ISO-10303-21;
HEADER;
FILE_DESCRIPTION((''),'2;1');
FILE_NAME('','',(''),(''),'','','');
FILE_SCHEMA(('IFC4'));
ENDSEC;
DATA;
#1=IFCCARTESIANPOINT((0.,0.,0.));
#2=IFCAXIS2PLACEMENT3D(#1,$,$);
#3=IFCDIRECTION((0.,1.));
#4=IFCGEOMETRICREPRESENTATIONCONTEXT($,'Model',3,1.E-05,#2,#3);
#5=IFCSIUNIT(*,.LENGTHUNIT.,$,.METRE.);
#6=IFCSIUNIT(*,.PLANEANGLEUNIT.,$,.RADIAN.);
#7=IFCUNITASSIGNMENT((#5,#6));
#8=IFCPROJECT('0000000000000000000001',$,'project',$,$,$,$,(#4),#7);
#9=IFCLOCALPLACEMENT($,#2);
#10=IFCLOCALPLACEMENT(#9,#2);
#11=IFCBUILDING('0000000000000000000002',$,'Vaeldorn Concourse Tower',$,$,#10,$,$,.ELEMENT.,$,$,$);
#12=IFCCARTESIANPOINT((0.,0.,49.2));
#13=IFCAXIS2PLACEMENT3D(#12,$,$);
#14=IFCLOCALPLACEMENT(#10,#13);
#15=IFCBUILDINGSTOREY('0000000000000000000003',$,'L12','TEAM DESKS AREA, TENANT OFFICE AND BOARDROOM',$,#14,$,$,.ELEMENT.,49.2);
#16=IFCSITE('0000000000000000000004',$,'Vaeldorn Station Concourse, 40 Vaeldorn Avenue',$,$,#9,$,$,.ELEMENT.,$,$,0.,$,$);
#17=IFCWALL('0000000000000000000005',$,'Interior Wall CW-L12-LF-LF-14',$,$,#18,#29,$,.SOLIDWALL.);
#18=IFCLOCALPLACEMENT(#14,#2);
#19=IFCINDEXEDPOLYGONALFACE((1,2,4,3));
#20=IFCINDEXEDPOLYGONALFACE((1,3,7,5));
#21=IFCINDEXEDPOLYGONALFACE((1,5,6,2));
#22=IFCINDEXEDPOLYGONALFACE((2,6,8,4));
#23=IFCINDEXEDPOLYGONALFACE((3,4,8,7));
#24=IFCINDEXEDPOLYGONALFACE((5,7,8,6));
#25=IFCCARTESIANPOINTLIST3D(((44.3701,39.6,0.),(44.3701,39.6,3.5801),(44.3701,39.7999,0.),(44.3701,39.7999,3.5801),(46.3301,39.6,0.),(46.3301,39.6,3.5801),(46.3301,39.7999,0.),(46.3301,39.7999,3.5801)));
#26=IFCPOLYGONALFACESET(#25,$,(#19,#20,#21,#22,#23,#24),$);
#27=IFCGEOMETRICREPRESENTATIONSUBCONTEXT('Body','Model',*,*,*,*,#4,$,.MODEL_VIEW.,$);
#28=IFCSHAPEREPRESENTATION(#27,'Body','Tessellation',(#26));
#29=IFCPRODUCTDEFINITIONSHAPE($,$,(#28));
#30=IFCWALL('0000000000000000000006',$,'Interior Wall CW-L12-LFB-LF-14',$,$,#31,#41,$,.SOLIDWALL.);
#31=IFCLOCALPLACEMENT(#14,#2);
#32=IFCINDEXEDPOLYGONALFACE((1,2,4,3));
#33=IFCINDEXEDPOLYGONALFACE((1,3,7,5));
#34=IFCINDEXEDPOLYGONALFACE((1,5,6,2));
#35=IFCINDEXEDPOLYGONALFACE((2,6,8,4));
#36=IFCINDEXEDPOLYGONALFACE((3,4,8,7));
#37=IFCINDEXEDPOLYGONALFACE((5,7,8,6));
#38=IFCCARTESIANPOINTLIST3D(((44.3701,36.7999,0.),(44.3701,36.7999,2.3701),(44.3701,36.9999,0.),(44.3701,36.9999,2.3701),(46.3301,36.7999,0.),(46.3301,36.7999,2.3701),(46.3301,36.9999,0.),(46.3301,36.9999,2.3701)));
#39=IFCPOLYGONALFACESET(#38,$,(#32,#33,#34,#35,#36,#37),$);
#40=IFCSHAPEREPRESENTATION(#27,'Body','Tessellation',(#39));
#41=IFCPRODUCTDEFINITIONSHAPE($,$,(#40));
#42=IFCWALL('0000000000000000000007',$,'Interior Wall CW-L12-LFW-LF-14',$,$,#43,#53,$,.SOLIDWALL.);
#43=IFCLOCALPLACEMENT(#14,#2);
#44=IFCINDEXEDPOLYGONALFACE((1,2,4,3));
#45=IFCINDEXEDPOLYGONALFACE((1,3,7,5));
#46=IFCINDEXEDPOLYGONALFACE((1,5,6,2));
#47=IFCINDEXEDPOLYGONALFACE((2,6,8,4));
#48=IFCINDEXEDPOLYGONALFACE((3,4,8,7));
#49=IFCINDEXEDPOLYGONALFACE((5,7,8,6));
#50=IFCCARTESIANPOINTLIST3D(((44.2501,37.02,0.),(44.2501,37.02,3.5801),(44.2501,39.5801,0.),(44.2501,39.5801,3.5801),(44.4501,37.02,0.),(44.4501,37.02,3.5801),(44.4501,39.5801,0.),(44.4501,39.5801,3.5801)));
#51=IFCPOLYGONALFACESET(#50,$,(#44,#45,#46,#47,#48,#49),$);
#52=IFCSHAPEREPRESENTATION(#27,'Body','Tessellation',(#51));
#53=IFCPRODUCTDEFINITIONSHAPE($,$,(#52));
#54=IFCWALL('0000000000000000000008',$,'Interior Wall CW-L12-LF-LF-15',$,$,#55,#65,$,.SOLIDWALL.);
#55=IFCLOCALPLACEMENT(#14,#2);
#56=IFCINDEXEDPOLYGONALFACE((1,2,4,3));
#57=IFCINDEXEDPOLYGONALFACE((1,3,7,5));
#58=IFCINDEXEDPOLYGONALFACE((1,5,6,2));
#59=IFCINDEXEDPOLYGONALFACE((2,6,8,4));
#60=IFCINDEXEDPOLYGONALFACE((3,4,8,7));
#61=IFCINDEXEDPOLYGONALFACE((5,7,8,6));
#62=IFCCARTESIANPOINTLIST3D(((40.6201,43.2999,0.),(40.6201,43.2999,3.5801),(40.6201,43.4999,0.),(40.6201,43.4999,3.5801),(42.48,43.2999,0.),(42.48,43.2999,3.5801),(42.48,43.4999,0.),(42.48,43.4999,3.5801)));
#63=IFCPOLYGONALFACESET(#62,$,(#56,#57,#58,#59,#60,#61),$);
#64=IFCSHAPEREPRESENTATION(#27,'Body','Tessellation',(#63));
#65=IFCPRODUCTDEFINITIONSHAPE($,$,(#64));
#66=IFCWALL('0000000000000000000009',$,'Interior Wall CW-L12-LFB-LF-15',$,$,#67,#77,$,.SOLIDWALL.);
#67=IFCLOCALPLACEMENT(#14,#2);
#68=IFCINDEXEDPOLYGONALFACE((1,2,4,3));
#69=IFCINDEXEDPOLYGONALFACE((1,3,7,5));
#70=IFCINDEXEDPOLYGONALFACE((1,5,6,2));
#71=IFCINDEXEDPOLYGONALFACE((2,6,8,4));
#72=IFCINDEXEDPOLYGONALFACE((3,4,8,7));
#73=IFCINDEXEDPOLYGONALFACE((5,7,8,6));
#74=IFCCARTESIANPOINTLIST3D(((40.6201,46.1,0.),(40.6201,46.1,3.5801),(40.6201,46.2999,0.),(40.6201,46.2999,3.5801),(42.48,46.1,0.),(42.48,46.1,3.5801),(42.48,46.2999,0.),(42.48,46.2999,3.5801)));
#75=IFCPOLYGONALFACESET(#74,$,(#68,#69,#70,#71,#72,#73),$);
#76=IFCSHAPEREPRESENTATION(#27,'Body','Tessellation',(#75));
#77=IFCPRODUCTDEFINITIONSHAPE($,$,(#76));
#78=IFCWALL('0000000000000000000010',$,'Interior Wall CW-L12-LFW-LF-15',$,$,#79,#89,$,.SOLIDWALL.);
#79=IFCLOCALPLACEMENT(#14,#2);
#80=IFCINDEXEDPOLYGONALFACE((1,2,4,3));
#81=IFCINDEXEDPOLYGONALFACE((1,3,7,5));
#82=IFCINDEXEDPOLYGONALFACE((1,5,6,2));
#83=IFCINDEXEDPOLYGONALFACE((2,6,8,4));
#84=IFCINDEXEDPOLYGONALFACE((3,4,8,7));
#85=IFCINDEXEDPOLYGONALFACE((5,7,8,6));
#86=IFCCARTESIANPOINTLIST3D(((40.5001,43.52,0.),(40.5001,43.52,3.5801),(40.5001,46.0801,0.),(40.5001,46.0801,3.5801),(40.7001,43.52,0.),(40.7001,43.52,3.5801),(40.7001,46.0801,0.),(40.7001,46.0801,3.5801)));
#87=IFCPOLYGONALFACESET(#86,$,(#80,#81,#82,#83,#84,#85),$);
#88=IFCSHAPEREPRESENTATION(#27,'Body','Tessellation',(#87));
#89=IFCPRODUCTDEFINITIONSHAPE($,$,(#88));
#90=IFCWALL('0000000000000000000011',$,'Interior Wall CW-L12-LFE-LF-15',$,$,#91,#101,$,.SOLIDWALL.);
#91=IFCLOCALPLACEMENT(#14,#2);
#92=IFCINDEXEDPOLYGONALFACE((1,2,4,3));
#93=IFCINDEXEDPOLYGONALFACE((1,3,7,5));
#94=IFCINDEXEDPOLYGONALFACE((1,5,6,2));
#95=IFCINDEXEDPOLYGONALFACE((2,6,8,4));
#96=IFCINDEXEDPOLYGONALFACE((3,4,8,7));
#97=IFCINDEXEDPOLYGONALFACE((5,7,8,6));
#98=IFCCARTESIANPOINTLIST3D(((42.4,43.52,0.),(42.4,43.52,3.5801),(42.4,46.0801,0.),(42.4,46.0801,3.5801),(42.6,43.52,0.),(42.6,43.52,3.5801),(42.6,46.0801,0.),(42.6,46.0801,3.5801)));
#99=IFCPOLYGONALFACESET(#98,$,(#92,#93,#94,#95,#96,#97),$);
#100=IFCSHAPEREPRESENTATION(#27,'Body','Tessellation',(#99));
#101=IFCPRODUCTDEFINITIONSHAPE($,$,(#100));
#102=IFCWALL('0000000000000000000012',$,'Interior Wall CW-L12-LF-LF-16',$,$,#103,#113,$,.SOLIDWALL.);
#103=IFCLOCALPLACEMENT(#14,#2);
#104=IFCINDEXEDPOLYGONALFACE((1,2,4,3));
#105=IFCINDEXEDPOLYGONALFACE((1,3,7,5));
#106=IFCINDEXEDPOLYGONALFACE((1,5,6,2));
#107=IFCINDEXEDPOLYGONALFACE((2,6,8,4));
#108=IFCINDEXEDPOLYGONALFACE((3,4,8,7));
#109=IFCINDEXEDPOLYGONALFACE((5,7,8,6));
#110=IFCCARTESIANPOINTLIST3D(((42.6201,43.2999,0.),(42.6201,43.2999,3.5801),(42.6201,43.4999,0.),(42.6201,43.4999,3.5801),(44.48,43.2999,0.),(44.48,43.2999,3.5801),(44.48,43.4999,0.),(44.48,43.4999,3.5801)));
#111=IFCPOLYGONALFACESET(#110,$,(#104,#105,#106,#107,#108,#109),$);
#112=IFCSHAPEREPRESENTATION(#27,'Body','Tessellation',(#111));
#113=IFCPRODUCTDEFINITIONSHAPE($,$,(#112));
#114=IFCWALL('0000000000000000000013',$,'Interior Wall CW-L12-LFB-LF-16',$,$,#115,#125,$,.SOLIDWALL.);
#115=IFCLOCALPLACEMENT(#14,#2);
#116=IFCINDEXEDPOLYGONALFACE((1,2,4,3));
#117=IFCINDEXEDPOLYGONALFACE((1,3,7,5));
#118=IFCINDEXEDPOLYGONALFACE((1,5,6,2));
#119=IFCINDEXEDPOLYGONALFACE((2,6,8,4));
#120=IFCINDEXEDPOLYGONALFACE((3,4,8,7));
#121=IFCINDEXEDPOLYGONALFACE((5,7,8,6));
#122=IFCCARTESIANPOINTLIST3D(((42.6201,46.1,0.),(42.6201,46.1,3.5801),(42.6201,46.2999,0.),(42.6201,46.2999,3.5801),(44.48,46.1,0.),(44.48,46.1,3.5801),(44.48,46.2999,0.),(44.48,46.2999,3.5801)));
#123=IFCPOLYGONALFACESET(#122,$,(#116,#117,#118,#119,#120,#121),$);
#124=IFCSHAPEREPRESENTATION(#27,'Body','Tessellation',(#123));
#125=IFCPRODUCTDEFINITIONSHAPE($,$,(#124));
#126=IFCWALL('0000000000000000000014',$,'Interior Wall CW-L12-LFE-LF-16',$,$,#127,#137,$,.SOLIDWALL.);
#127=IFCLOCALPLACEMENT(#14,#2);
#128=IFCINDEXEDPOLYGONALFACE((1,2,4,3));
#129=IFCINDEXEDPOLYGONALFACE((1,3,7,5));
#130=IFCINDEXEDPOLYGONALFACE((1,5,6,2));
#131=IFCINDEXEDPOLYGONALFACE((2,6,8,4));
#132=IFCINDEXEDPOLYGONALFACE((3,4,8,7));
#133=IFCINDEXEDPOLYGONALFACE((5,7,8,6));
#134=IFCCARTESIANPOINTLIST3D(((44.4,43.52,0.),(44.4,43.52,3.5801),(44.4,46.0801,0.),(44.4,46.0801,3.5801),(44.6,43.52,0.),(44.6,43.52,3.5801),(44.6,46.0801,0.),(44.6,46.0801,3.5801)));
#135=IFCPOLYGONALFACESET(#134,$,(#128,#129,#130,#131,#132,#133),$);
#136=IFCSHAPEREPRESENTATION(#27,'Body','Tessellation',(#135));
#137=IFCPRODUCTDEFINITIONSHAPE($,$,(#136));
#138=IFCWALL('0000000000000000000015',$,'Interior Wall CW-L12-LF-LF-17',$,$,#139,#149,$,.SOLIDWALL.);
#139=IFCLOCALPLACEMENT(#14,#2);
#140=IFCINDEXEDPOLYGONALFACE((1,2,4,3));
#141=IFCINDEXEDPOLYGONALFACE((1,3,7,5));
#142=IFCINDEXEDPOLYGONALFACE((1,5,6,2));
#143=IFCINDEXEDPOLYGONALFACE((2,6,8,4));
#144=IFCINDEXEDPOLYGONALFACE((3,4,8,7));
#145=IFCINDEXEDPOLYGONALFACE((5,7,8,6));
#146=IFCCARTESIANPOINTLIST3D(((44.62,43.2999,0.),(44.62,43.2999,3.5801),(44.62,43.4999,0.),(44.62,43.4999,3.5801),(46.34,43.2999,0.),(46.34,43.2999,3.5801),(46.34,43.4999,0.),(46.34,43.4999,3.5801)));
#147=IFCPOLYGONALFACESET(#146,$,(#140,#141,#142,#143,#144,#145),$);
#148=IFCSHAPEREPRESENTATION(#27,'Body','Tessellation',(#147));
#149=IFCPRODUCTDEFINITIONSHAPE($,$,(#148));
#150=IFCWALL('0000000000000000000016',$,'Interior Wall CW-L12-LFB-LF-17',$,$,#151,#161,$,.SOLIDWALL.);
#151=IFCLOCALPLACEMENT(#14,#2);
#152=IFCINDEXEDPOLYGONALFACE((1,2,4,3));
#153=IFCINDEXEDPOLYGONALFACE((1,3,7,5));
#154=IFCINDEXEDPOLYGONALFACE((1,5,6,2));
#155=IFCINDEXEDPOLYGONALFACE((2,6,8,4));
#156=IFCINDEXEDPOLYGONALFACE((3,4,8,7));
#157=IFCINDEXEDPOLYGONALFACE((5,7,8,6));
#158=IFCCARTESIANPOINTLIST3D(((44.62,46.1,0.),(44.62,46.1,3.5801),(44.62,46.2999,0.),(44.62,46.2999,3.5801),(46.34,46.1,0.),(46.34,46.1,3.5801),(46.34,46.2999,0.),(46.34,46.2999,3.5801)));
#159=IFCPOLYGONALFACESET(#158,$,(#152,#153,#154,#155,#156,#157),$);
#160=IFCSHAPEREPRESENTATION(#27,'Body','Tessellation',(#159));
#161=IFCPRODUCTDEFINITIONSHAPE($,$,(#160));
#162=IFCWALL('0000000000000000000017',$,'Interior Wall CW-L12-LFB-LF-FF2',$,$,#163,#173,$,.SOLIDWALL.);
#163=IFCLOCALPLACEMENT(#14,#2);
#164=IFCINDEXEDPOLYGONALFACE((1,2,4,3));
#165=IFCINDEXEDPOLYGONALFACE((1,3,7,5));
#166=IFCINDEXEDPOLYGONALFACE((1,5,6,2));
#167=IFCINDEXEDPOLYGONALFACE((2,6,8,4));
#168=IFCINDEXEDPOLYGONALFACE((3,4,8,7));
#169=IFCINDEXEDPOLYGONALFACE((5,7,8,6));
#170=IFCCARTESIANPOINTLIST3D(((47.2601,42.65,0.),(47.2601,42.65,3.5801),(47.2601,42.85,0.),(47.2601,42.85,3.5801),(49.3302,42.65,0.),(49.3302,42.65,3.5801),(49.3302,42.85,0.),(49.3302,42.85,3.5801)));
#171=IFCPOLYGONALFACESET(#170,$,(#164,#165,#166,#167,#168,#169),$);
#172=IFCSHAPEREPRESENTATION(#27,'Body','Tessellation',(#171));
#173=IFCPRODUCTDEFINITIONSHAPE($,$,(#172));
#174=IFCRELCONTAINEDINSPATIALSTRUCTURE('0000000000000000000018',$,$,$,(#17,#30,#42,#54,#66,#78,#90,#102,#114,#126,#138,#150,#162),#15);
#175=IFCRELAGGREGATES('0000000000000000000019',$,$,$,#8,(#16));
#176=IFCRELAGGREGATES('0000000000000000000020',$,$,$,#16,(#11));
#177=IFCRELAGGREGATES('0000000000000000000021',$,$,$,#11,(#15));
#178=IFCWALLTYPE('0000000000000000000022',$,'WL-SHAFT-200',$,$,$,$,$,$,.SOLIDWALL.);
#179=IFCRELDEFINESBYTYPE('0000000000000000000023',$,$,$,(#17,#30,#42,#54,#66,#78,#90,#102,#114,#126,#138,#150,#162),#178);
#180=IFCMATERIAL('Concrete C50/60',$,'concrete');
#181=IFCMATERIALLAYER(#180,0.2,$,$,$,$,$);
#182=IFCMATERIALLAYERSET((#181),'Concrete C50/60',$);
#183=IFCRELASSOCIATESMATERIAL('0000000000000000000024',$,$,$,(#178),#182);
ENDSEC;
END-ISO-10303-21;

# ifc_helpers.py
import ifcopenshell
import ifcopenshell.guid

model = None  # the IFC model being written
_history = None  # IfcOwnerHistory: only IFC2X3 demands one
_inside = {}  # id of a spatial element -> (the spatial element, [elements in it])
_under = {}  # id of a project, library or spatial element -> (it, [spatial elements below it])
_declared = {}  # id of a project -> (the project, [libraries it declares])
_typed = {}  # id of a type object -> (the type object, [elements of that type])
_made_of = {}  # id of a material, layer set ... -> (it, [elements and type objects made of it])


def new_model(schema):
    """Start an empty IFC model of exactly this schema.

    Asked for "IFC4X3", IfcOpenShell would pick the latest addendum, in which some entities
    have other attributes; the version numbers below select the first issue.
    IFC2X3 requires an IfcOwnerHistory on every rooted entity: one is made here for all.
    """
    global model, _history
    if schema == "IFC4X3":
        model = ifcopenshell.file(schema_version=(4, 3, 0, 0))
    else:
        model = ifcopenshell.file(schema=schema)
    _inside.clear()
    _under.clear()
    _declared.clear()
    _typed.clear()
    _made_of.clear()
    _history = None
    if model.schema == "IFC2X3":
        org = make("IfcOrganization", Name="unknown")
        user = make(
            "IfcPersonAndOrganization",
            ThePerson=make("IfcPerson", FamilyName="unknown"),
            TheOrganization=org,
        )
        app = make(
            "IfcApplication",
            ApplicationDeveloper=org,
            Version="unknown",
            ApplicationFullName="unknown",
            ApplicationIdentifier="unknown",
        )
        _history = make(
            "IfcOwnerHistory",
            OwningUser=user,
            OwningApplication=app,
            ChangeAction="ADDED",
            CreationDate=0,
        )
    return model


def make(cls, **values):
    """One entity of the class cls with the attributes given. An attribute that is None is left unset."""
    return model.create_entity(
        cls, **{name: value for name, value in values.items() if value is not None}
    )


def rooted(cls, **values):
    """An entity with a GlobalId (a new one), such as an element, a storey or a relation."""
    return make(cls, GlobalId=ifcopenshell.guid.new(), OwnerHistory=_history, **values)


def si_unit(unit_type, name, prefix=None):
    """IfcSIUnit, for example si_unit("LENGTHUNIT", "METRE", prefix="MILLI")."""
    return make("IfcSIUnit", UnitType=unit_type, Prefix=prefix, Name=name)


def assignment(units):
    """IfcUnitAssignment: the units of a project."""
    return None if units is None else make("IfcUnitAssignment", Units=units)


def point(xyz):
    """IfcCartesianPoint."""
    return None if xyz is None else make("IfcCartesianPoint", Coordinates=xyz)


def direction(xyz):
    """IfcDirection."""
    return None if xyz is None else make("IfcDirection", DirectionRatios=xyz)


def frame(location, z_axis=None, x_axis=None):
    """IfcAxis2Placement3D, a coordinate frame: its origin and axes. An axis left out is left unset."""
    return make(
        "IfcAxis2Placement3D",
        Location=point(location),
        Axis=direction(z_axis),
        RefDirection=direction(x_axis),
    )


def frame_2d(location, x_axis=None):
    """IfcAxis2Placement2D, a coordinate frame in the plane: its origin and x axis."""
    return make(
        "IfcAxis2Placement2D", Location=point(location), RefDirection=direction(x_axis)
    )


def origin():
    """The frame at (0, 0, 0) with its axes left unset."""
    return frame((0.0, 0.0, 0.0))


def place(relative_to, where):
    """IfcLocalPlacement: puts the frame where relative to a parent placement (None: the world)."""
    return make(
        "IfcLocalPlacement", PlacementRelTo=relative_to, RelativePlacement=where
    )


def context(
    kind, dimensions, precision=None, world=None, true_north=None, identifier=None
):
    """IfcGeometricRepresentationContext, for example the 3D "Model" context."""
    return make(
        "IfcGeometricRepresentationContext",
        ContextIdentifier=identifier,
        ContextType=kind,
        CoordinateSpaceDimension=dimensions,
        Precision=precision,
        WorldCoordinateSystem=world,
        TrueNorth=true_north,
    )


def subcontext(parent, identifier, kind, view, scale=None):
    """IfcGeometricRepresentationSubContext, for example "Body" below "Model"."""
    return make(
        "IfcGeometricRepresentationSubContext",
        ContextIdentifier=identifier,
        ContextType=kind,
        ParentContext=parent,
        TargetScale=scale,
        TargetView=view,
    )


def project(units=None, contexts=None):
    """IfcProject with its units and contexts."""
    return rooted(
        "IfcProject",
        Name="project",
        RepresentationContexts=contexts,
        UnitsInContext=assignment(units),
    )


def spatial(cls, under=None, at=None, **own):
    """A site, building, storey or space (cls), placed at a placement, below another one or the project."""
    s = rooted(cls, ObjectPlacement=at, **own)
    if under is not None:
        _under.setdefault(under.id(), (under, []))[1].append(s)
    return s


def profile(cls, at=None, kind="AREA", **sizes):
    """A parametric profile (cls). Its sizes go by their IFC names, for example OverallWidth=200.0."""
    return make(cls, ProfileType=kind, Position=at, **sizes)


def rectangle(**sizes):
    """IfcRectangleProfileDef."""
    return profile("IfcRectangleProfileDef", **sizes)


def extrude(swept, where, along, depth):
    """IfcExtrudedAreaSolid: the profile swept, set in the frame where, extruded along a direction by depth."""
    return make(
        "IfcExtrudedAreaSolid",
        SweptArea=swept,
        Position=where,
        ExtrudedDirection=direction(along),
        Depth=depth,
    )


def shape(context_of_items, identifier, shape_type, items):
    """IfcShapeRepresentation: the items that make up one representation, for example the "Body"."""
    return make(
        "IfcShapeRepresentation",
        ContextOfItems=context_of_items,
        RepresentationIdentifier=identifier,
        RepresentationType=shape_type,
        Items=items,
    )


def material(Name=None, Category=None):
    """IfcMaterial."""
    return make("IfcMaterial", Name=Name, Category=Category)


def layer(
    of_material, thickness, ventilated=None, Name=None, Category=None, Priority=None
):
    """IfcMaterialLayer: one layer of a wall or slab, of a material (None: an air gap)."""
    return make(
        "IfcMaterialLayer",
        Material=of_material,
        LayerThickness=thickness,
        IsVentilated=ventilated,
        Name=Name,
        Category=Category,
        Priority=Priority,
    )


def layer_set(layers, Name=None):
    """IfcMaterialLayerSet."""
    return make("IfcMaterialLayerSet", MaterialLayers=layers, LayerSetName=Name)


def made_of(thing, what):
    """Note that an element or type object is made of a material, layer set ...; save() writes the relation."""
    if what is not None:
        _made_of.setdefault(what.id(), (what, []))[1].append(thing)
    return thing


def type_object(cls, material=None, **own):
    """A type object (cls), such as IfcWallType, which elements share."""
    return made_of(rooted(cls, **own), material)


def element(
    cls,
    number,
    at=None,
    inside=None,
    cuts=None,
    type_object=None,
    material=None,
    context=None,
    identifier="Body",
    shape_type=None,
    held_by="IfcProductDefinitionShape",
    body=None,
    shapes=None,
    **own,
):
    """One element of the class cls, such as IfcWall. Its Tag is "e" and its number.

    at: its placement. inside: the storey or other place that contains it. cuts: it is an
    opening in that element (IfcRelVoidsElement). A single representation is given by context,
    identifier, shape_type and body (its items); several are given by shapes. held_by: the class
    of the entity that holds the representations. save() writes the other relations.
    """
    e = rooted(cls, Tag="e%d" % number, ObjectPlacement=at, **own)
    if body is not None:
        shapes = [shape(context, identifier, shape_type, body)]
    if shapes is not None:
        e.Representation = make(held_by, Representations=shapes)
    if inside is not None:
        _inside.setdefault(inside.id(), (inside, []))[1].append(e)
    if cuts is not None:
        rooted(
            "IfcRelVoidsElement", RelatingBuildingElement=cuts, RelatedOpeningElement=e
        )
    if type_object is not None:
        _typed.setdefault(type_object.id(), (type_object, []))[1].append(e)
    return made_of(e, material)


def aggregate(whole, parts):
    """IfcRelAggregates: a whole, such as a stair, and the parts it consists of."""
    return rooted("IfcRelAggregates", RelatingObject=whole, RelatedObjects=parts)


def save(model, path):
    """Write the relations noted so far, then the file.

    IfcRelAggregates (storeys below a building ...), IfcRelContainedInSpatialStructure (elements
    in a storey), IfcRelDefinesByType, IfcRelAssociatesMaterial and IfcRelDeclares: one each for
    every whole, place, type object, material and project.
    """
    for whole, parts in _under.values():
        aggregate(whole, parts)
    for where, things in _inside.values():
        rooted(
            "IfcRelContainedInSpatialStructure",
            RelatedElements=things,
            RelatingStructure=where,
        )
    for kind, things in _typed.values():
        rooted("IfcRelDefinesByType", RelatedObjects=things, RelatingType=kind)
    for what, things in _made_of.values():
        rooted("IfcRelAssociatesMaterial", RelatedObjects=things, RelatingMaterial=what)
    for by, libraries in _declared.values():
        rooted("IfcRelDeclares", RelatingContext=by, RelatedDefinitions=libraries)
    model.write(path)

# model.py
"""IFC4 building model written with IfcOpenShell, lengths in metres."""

from ifc_helpers import new_model, si_unit, direction, frame, frame_2d, origin, place, context, subcontext, project, spatial, rectangle, extrude, material, layer, layer_set, type_object, element, save


model = new_model("IFC4")

# Units and contexts
model_context = context("Model", 3, precision=1e-05, world=origin(), true_north=direction((0.0, 1.0)))
body_context = subcontext(model_context, "Body", "Model", "MODEL_VIEW")
ifc_project = project(units=[si_unit("LENGTHUNIT", "METRE"), si_unit("PLANEANGLEUNIT", "RADIAN")], contexts=[model_context])

# Site, building, storey
site_placement = place(None, origin())
site = spatial("IfcSite", under=ifc_project, at=site_placement, Name="Vaeldorn Station Concourse, 40 Vaeldorn Avenue", CompositionType="ELEMENT", RefElevation=0.0)
building_placement = place(site_placement, origin())
building = spatial("IfcBuilding", under=site, at=building_placement, Name="Vaeldorn Concourse Tower", CompositionType="ELEMENT")
storey_placement = place(building_placement, frame((0.0, 0.0, 49.2)))
storey = spatial("IfcBuildingStorey", under=building, at=storey_placement, Name="L12", Description="TEAM DESKS AREA, TENANT OFFICE AND BOARDROOM", CompositionType="ELEMENT", Elevation=49.2)

# Shared definitions
ifc_material_1 = material(Name="Concrete C50/60", Category="concrete")
ifc_layer_1 = layer(ifc_material_1, 0.2)
ifc_layer_set_1 = layer_set([ifc_layer_1], Name="Concrete C50/60")
wall_type_1 = type_object("IfcWallType", Name="WL-SHAFT-200", PredefinedType="SOLIDWALL", material=ifc_layer_set_1)

# Walls
wall_1_placement = place(storey_placement, frame((44.3701, 39.7, 0.0), z_axis=(0.0, 0.0, 1.0), x_axis=(1.0, 0.0, 0.0)))
element("IfcWall", 1, at=wall_1_placement, inside=storey, type_object=wall_type_1, Name="Interior Wall CW-L12-LF-LF-14", PredefinedType="SOLIDWALL", context=body_context, shape_type="SweptSolid", body=[
    extrude(rectangle(XDim=1.96, YDim=0.2, at=frame_2d((0.98, 0.0))), origin(), (0.0, 0.0, 1.0), 3.5801),
])
wall_2_placement = place(storey_placement, frame((44.3701, 36.8999, 0.0), z_axis=(0.0, 0.0, 1.0), x_axis=(1.0, 0.0, 0.0)))
element("IfcWall", 2, at=wall_2_placement, inside=storey, type_object=wall_type_1, Name="Interior Wall CW-L12-LFB-LF-14", PredefinedType="SOLIDWALL", context=body_context, shape_type="SweptSolid", body=[
    extrude(rectangle(XDim=1.96, YDim=0.2, at=frame_2d((0.98, 0.0))), origin(), (0.0, 0.0, 1.0), 2.3701),
])
wall_3_placement = place(storey_placement, frame((44.3501, 37.02, 0.0), z_axis=(0.0, 0.0, 1.0), x_axis=(0.0, 1.0, 0.0)))
element("IfcWall", 3, at=wall_3_placement, inside=storey, type_object=wall_type_1, Name="Interior Wall CW-L12-LFW-LF-14", PredefinedType="SOLIDWALL", context=body_context, shape_type="SweptSolid", body=[
    extrude(rectangle(XDim=2.5601, YDim=0.2, at=frame_2d((1.28, 0.0))), origin(), (0.0, 0.0, 1.0), 3.5801),
])
for number, where, z_axis, x_axis, name in (
    (4, (40.6201, 43.3999, 0.0), (0.0, 0.0, 1.0), (1.0, 0.0, 0.0), "Interior Wall CW-L12-LF-LF-15"),
    (5, (40.6201, 46.2, 0.0), (0.0, 0.0, 1.0), (1.0, 0.0, 0.0), "Interior Wall CW-L12-LFB-LF-15"),
):
    element("IfcWall", number, at=place(storey_placement, frame(where, z_axis=z_axis, x_axis=x_axis)), inside=storey, type_object=wall_type_1, Name=name, PredefinedType="SOLIDWALL", context=body_context, shape_type="SweptSolid", body=[
        extrude(rectangle(XDim=1.8599, YDim=0.2, at=frame_2d((0.9299, 0.0))), origin(), (0.0, 0.0, 1.0), 3.5801),
    ])
for number, where, z_axis, x_axis, name in (
    (6, (40.6001, 43.52, 0.0), (0.0, 0.0, 1.0), (0.0, 1.0, 0.0), "Interior Wall CW-L12-LFW-LF-15"),
    (7, (42.5, 43.52, 0.0), (0.0, 0.0, 1.0), (0.0, 1.0, 0.0), "Interior Wall CW-L12-LFE-LF-15"),
):
    element("IfcWall", number, at=place(storey_placement, frame(where, z_axis=z_axis, x_axis=x_axis)), inside=storey, type_object=wall_type_1, Name=name, PredefinedType="SOLIDWALL", context=body_context, shape_type="SweptSolid", body=[
        extrude(rectangle(XDim=2.5601, YDim=0.2, at=frame_2d((1.28, 0.0))), origin(), (0.0, 0.0, 1.0), 3.5801),
    ])
for number, where, z_axis, x_axis, name in (
    (8, (42.6201, 43.3999, 0.0), (0.0, 0.0, 1.0), (1.0, 0.0, 0.0), "Interior Wall CW-L12-LF-LF-16"),
    (9, (42.6201, 46.2, 0.0), (0.0, 0.0, 1.0), (1.0, 0.0, 0.0), "Interior Wall CW-L12-LFB-LF-16"),
):
    element("IfcWall", number, at=place(storey_placement, frame(where, z_axis=z_axis, x_axis=x_axis)), inside=storey, type_object=wall_type_1, Name=name, PredefinedType="SOLIDWALL", context=body_context, shape_type="SweptSolid", body=[
        extrude(rectangle(XDim=1.8599, YDim=0.2, at=frame_2d((0.9299, 0.0))), origin(), (0.0, 0.0, 1.0), 3.5801),
    ])
wall_4_placement = place(storey_placement, frame((44.5, 43.52, 0.0), z_axis=(0.0, 0.0, 1.0), x_axis=(0.0, 1.0, 0.0)))
element("IfcWall", 10, at=wall_4_placement, inside=storey, type_object=wall_type_1, Name="Interior Wall CW-L12-LFE-LF-16", PredefinedType="SOLIDWALL", context=body_context, shape_type="SweptSolid", body=[
    extrude(rectangle(XDim=2.5601, YDim=0.2, at=frame_2d((1.28, 0.0))), origin(), (0.0, 0.0, 1.0), 3.5801),
])
for number, where, z_axis, x_axis, name in (
    (11, (44.6201, 43.3999, 0.0), (0.0, 0.0, 1.0), (1.0, 0.0, 0.0), "Interior Wall CW-L12-LF-LF-17"),
    (12, (44.6201, 46.2, 0.0), (0.0, 0.0, 1.0), (1.0, 0.0, 0.0), "Interior Wall CW-L12-LFB-LF-17"),
):
    element("IfcWall", number, at=place(storey_placement, frame(where, z_axis=z_axis, x_axis=x_axis)), inside=storey, type_object=wall_type_1, Name=name, PredefinedType="SOLIDWALL", context=body_context, shape_type="SweptSolid", body=[
        extrude(rectangle(XDim=1.72, YDim=0.2, at=frame_2d((0.8599, 0.0))), origin(), (0.0, 0.0, 1.0), 3.5801),
    ])

# Wall
wall_5_placement = place(storey_placement, frame((47.26, 42.75, 0.0), z_axis=(0.0, 0.0, 1.0), x_axis=(1.0, 0.0, 0.0)))
element("IfcWall", 13, at=wall_5_placement, inside=storey, type_object=wall_type_1, Name="Interior Wall CW-L12-LFB-LF-FF2", PredefinedType="SOLIDWALL", context=body_context, shape_type="SweptSolid", body=[
    extrude(rectangle(XDim=2.0701, YDim=0.2, at=frame_2d((1.0352, 0.0))), origin(), (0.0, 0.0, 1.0), 3.5801),
])

save(model, "model.ifc")
